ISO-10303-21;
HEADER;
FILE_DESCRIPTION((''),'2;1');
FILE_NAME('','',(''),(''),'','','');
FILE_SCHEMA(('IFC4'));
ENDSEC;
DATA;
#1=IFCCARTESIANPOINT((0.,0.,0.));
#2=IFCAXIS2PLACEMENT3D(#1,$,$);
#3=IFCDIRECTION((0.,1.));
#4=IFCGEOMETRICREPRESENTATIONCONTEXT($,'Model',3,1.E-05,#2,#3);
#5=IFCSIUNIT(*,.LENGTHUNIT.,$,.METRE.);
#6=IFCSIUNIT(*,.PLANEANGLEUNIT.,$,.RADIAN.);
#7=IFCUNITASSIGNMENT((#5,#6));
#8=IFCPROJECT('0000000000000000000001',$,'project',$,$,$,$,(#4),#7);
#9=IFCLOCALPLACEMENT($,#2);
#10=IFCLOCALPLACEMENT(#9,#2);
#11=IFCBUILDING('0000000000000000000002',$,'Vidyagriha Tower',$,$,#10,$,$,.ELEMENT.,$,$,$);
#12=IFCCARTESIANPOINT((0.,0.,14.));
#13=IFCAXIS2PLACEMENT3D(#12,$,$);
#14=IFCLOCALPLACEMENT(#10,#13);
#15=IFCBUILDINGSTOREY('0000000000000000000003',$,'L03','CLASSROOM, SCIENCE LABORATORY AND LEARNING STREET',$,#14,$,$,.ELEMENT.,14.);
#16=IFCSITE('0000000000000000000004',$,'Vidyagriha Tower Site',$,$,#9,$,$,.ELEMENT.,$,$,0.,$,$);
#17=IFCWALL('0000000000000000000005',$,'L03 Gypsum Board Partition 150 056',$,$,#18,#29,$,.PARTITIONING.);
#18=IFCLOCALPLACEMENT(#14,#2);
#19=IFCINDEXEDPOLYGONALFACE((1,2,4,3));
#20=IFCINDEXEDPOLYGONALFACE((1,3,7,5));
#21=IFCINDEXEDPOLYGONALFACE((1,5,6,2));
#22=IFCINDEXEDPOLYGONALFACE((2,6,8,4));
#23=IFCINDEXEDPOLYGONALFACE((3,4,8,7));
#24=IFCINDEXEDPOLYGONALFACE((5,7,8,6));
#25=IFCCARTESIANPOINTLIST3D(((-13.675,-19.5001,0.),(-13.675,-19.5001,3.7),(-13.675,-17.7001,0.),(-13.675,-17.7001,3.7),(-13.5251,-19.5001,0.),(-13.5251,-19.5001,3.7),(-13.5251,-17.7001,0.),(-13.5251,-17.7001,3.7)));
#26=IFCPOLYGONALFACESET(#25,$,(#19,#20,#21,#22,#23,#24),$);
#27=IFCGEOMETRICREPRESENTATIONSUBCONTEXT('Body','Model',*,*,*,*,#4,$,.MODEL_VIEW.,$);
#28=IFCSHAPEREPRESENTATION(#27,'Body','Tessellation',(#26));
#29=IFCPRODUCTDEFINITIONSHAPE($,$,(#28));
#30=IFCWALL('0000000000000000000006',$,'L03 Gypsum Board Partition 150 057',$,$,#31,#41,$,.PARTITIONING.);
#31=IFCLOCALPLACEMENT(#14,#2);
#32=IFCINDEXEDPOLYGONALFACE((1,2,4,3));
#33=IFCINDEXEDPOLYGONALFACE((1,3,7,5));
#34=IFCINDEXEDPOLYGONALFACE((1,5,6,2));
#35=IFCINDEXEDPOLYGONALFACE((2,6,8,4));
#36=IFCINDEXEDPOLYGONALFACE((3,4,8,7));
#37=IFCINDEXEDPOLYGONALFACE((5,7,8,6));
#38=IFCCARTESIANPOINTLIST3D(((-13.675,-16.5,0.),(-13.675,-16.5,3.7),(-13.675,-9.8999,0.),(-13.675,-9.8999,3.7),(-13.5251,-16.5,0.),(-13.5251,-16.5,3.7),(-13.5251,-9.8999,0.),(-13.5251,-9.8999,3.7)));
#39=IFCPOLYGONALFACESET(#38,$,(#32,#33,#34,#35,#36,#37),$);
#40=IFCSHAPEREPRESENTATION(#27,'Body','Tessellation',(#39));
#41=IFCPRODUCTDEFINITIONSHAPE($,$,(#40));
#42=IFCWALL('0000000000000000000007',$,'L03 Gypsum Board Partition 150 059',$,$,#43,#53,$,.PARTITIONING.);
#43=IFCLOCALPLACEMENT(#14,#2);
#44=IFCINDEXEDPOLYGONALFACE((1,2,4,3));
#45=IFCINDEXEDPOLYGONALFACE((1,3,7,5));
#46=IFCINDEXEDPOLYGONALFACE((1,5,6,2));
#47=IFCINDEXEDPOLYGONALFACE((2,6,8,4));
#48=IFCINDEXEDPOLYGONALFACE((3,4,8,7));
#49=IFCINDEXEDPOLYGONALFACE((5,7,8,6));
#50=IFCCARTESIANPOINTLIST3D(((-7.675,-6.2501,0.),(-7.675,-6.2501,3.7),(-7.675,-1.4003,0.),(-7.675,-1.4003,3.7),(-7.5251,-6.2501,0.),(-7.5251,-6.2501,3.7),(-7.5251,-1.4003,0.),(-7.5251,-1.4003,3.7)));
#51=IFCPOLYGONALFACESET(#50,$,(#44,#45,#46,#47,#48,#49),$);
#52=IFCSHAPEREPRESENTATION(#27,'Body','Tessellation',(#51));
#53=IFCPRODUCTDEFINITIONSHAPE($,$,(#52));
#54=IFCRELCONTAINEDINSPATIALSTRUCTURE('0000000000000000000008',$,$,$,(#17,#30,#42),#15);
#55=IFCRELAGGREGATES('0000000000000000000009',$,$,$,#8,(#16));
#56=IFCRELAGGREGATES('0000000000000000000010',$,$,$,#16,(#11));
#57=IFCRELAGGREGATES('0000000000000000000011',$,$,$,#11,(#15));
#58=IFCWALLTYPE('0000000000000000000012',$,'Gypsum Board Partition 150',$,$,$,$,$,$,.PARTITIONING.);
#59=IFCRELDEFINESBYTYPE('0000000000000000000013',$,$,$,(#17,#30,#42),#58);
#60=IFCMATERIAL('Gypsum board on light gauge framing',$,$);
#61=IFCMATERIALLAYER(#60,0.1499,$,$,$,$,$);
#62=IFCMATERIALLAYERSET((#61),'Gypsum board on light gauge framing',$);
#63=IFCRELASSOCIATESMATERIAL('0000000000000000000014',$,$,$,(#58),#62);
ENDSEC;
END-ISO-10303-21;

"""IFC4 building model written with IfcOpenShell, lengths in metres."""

from ifc_helpers import new_model, si_unit, direction, frame, frame_2d, origin, place, context, subcontext, project, spatial, rectangle, extrude, material, layer, layer_set, type_object, element, save


model = new_model("IFC4")

# Units and contexts
model_context = context("Model", 3, precision=1e-05, world=origin(), true_north=direction((0.0, 1.0)))
body_context = subcontext(model_context, "Body", "Model", "MODEL_VIEW")
ifc_project = project(units=[si_unit("LENGTHUNIT", "METRE"), si_unit("PLANEANGLEUNIT", "RADIAN")], contexts=[model_context])

# Site, building, storey
site_placement = place(None, origin())
site = spatial("IfcSite", under=ifc_project, at=site_placement, Name="Vidyagriha Tower Site", CompositionType="ELEMENT", RefElevation=0.0)
building_placement = place(site_placement, origin())
building = spatial("IfcBuilding", under=site, at=building_placement, Name="Vidyagriha Tower", CompositionType="ELEMENT")
storey_placement = place(building_placement, frame((0.0, 0.0, 14.0)))
storey = spatial("IfcBuildingStorey", under=building, at=storey_placement, Name="L03", Description="CLASSROOM, SCIENCE LABORATORY AND LEARNING STREET", CompositionType="ELEMENT", Elevation=14.0)

# Walls
ifc_material_1 = material(Name="Gypsum board on light gauge framing")
ifc_layer_1 = layer(ifc_material_1, 0.1499)
ifc_layer_set_1 = layer_set([ifc_layer_1], Name="Gypsum board on light gauge framing")
wall_type_1 = type_object("IfcWallType", Name="Gypsum Board Partition 150", PredefinedType="PARTITIONING", material=ifc_layer_set_1)
wall_1_placement = place(storey_placement, frame((-13.6001, -19.5, 0.0), z_axis=(0.0, 0.0, 1.0), x_axis=(0.0, 1.0, 0.0)))
element("IfcWall", 1, at=wall_1_placement, inside=storey, type_object=wall_type_1, Name="L03 Gypsum Board Partition 150 056", PredefinedType="PARTITIONING", context=body_context, shape_type="SweptSolid", body=[
    extrude(rectangle(XDim=1.8, YDim=0.1499, at=frame_2d((0.8999, 0.0))), origin(), (0.0, 0.0, 1.0), 3.7),
])
wall_2_placement = place(storey_placement, frame((-13.6001, -16.5, 0.0), z_axis=(0.0, 0.0, 1.0), x_axis=(0.0, 1.0, 0.0)))
element("IfcWall", 2, at=wall_2_placement, inside=storey, type_object=wall_type_1, Name="L03 Gypsum Board Partition 150 057", PredefinedType="PARTITIONING", context=body_context, shape_type="SweptSolid", body=[
    extrude(rectangle(XDim=6.6001, YDim=0.1499, at=frame_2d((3.3, 0.0))), origin(), (0.0, 0.0, 1.0), 3.7),
])
wall_3_placement = place(storey_placement, frame((-7.6001, -6.25, 0.0), z_axis=(0.0, 0.0, 1.0), x_axis=(0.0, 1.0, 0.0)))
element("IfcWall", 3, at=wall_3_placement, inside=storey, type_object=wall_type_1, Name="L03 Gypsum Board Partition 150 059", PredefinedType="PARTITIONING", context=body_context, shape_type="SweptSolid", body=[
    extrude(rectangle(XDim=4.8499, YDim=0.1499, at=frame_2d((2.4248, 0.0))), origin(), (0.0, 0.0, 1.0), 3.7),
])

save(model, "model.ifc")
